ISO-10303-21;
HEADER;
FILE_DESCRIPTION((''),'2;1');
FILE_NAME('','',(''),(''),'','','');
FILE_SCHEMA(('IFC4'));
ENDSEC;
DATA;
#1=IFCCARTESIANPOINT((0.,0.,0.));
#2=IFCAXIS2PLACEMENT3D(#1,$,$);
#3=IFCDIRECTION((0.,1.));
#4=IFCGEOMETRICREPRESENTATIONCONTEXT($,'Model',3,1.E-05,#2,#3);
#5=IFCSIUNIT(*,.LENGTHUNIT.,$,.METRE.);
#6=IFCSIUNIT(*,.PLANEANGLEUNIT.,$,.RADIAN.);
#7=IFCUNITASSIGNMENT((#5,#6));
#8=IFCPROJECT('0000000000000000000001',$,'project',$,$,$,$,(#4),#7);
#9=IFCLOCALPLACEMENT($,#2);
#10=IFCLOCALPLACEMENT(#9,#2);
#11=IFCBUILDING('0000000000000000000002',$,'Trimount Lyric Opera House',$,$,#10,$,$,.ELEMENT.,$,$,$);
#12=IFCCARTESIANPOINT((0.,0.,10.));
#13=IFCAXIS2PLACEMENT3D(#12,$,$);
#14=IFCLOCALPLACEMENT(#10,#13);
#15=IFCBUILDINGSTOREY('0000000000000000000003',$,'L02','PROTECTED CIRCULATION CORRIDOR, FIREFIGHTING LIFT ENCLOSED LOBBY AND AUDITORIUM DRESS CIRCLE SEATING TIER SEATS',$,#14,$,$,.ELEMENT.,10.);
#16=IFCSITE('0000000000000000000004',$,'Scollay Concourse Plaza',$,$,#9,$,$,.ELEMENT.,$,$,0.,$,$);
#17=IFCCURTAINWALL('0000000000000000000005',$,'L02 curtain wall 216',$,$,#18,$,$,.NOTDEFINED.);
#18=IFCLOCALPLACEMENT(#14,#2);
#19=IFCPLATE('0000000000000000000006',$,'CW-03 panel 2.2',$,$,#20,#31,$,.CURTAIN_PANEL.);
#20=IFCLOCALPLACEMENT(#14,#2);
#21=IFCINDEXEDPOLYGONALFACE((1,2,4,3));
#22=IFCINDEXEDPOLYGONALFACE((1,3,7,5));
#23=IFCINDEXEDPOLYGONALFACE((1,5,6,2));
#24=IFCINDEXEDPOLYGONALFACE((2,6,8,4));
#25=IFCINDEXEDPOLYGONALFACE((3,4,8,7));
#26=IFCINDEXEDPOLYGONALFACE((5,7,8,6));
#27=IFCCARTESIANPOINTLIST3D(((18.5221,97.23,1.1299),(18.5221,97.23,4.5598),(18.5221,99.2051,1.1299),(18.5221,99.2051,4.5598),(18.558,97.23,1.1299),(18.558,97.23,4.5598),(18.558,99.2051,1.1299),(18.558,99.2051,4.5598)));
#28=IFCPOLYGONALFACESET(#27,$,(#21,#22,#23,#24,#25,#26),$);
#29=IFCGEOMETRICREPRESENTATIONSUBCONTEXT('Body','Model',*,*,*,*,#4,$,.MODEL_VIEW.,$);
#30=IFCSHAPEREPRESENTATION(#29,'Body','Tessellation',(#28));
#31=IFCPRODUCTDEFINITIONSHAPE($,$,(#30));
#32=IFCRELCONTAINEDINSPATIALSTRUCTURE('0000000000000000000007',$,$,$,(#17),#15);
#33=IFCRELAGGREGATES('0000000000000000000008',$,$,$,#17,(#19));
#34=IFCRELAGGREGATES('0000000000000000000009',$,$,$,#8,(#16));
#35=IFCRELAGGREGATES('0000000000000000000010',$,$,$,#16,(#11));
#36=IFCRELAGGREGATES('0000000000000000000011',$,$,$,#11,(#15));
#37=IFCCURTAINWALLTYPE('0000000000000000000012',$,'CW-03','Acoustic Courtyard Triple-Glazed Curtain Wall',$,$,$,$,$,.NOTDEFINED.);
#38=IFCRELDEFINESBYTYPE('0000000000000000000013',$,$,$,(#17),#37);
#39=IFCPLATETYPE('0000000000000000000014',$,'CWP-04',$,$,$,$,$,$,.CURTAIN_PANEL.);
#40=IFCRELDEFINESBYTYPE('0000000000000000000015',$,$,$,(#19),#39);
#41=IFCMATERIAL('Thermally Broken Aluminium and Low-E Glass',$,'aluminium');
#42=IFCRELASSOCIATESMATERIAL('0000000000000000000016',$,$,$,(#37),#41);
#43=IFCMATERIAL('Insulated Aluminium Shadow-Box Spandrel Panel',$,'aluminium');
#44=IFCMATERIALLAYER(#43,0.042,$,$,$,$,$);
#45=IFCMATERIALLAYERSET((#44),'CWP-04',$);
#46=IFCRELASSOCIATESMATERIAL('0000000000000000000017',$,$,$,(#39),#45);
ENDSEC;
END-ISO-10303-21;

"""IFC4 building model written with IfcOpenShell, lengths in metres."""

from ifc_helpers import new_model, si_unit, direction, frame, origin, origin_2d, place, context, subcontext, project, spatial, rectangle, extrude, material, layer, layer_set, type_object, element, aggregate, save


model = new_model("IFC4")

# Units and contexts
model_context = context("Model", 3, precision=1e-05, world=origin(), true_north=direction((0.0, 1.0)))
body_context = subcontext(model_context, "Body", "Model", "MODEL_VIEW")
ifc_project = project(units=[si_unit("LENGTHUNIT", "METRE"), si_unit("PLANEANGLEUNIT", "RADIAN")], contexts=[model_context])

# Site, building, storey
site_placement = place(None, origin())
site = spatial("IfcSite", under=ifc_project, at=site_placement, Name="Scollay Concourse Plaza", CompositionType="ELEMENT", RefElevation=0.0)
building_placement = place(site_placement, origin())
building = spatial("IfcBuilding", under=site, at=building_placement, Name="Trimount Lyric Opera House", CompositionType="ELEMENT")
storey_placement = place(building_placement, frame((0.0, 0.0, 10.0)))
storey = spatial("IfcBuildingStorey", under=building, at=storey_placement, Name="L02", Description="PROTECTED CIRCULATION CORRIDOR, FIREFIGHTING LIFT ENCLOSED LOBBY AND AUDITORIUM DRESS CIRCLE SEATING TIER SEATS", CompositionType="ELEMENT", Elevation=10.0)

# Curtain wall
ifc_material_1 = material(Name="Thermally Broken Aluminium and Low-E Glass", Category="aluminium")
curtain_wall_type = type_object("IfcCurtainWallType", Name="CW-03", Description="Acoustic Courtyard Triple-Glazed Curtain Wall", PredefinedType="NOTDEFINED", material=ifc_material_1)
curtain_wall_1_placement = place(storey_placement, origin())
curtain_wall_1 = element("IfcCurtainWall", 1, at=curtain_wall_1_placement, inside=storey, type_object=curtain_wall_type, Name="L02 curtain wall 216", PredefinedType="NOTDEFINED")

# Plate
ifc_material_2 = material(Name="Insulated Aluminium Shadow-Box Spandrel Panel", Category="aluminium")
ifc_layer_1 = layer(ifc_material_2, 0.042)
ifc_layer_set_1 = layer_set([ifc_layer_1], Name="CWP-04")
plate_type_1 = type_object("IfcPlateType", Name="CWP-04", PredefinedType="CURTAIN_PANEL", material=ifc_layer_set_1)
plate_1_placement = place(storey_placement, frame((18.54, 98.2175, 1.1299), z_axis=(0.0, 0.0, 1.0), x_axis=(0.0, -1.0, 0.0)))
plate_1 = element("IfcPlate", 2, at=plate_1_placement, type_object=plate_type_1, Name="CW-03 panel 2.2", PredefinedType="CURTAIN_PANEL", context=body_context, shape_type="SweptSolid", body=[
    extrude(rectangle(XDim=1.9751, YDim=0.0359, at=origin_2d()), origin(), (0.0, 0.0, 1.0), 3.4299),
])
aggregate(curtain_wall_1, [plate_1])

save(model, "model.ifc")
